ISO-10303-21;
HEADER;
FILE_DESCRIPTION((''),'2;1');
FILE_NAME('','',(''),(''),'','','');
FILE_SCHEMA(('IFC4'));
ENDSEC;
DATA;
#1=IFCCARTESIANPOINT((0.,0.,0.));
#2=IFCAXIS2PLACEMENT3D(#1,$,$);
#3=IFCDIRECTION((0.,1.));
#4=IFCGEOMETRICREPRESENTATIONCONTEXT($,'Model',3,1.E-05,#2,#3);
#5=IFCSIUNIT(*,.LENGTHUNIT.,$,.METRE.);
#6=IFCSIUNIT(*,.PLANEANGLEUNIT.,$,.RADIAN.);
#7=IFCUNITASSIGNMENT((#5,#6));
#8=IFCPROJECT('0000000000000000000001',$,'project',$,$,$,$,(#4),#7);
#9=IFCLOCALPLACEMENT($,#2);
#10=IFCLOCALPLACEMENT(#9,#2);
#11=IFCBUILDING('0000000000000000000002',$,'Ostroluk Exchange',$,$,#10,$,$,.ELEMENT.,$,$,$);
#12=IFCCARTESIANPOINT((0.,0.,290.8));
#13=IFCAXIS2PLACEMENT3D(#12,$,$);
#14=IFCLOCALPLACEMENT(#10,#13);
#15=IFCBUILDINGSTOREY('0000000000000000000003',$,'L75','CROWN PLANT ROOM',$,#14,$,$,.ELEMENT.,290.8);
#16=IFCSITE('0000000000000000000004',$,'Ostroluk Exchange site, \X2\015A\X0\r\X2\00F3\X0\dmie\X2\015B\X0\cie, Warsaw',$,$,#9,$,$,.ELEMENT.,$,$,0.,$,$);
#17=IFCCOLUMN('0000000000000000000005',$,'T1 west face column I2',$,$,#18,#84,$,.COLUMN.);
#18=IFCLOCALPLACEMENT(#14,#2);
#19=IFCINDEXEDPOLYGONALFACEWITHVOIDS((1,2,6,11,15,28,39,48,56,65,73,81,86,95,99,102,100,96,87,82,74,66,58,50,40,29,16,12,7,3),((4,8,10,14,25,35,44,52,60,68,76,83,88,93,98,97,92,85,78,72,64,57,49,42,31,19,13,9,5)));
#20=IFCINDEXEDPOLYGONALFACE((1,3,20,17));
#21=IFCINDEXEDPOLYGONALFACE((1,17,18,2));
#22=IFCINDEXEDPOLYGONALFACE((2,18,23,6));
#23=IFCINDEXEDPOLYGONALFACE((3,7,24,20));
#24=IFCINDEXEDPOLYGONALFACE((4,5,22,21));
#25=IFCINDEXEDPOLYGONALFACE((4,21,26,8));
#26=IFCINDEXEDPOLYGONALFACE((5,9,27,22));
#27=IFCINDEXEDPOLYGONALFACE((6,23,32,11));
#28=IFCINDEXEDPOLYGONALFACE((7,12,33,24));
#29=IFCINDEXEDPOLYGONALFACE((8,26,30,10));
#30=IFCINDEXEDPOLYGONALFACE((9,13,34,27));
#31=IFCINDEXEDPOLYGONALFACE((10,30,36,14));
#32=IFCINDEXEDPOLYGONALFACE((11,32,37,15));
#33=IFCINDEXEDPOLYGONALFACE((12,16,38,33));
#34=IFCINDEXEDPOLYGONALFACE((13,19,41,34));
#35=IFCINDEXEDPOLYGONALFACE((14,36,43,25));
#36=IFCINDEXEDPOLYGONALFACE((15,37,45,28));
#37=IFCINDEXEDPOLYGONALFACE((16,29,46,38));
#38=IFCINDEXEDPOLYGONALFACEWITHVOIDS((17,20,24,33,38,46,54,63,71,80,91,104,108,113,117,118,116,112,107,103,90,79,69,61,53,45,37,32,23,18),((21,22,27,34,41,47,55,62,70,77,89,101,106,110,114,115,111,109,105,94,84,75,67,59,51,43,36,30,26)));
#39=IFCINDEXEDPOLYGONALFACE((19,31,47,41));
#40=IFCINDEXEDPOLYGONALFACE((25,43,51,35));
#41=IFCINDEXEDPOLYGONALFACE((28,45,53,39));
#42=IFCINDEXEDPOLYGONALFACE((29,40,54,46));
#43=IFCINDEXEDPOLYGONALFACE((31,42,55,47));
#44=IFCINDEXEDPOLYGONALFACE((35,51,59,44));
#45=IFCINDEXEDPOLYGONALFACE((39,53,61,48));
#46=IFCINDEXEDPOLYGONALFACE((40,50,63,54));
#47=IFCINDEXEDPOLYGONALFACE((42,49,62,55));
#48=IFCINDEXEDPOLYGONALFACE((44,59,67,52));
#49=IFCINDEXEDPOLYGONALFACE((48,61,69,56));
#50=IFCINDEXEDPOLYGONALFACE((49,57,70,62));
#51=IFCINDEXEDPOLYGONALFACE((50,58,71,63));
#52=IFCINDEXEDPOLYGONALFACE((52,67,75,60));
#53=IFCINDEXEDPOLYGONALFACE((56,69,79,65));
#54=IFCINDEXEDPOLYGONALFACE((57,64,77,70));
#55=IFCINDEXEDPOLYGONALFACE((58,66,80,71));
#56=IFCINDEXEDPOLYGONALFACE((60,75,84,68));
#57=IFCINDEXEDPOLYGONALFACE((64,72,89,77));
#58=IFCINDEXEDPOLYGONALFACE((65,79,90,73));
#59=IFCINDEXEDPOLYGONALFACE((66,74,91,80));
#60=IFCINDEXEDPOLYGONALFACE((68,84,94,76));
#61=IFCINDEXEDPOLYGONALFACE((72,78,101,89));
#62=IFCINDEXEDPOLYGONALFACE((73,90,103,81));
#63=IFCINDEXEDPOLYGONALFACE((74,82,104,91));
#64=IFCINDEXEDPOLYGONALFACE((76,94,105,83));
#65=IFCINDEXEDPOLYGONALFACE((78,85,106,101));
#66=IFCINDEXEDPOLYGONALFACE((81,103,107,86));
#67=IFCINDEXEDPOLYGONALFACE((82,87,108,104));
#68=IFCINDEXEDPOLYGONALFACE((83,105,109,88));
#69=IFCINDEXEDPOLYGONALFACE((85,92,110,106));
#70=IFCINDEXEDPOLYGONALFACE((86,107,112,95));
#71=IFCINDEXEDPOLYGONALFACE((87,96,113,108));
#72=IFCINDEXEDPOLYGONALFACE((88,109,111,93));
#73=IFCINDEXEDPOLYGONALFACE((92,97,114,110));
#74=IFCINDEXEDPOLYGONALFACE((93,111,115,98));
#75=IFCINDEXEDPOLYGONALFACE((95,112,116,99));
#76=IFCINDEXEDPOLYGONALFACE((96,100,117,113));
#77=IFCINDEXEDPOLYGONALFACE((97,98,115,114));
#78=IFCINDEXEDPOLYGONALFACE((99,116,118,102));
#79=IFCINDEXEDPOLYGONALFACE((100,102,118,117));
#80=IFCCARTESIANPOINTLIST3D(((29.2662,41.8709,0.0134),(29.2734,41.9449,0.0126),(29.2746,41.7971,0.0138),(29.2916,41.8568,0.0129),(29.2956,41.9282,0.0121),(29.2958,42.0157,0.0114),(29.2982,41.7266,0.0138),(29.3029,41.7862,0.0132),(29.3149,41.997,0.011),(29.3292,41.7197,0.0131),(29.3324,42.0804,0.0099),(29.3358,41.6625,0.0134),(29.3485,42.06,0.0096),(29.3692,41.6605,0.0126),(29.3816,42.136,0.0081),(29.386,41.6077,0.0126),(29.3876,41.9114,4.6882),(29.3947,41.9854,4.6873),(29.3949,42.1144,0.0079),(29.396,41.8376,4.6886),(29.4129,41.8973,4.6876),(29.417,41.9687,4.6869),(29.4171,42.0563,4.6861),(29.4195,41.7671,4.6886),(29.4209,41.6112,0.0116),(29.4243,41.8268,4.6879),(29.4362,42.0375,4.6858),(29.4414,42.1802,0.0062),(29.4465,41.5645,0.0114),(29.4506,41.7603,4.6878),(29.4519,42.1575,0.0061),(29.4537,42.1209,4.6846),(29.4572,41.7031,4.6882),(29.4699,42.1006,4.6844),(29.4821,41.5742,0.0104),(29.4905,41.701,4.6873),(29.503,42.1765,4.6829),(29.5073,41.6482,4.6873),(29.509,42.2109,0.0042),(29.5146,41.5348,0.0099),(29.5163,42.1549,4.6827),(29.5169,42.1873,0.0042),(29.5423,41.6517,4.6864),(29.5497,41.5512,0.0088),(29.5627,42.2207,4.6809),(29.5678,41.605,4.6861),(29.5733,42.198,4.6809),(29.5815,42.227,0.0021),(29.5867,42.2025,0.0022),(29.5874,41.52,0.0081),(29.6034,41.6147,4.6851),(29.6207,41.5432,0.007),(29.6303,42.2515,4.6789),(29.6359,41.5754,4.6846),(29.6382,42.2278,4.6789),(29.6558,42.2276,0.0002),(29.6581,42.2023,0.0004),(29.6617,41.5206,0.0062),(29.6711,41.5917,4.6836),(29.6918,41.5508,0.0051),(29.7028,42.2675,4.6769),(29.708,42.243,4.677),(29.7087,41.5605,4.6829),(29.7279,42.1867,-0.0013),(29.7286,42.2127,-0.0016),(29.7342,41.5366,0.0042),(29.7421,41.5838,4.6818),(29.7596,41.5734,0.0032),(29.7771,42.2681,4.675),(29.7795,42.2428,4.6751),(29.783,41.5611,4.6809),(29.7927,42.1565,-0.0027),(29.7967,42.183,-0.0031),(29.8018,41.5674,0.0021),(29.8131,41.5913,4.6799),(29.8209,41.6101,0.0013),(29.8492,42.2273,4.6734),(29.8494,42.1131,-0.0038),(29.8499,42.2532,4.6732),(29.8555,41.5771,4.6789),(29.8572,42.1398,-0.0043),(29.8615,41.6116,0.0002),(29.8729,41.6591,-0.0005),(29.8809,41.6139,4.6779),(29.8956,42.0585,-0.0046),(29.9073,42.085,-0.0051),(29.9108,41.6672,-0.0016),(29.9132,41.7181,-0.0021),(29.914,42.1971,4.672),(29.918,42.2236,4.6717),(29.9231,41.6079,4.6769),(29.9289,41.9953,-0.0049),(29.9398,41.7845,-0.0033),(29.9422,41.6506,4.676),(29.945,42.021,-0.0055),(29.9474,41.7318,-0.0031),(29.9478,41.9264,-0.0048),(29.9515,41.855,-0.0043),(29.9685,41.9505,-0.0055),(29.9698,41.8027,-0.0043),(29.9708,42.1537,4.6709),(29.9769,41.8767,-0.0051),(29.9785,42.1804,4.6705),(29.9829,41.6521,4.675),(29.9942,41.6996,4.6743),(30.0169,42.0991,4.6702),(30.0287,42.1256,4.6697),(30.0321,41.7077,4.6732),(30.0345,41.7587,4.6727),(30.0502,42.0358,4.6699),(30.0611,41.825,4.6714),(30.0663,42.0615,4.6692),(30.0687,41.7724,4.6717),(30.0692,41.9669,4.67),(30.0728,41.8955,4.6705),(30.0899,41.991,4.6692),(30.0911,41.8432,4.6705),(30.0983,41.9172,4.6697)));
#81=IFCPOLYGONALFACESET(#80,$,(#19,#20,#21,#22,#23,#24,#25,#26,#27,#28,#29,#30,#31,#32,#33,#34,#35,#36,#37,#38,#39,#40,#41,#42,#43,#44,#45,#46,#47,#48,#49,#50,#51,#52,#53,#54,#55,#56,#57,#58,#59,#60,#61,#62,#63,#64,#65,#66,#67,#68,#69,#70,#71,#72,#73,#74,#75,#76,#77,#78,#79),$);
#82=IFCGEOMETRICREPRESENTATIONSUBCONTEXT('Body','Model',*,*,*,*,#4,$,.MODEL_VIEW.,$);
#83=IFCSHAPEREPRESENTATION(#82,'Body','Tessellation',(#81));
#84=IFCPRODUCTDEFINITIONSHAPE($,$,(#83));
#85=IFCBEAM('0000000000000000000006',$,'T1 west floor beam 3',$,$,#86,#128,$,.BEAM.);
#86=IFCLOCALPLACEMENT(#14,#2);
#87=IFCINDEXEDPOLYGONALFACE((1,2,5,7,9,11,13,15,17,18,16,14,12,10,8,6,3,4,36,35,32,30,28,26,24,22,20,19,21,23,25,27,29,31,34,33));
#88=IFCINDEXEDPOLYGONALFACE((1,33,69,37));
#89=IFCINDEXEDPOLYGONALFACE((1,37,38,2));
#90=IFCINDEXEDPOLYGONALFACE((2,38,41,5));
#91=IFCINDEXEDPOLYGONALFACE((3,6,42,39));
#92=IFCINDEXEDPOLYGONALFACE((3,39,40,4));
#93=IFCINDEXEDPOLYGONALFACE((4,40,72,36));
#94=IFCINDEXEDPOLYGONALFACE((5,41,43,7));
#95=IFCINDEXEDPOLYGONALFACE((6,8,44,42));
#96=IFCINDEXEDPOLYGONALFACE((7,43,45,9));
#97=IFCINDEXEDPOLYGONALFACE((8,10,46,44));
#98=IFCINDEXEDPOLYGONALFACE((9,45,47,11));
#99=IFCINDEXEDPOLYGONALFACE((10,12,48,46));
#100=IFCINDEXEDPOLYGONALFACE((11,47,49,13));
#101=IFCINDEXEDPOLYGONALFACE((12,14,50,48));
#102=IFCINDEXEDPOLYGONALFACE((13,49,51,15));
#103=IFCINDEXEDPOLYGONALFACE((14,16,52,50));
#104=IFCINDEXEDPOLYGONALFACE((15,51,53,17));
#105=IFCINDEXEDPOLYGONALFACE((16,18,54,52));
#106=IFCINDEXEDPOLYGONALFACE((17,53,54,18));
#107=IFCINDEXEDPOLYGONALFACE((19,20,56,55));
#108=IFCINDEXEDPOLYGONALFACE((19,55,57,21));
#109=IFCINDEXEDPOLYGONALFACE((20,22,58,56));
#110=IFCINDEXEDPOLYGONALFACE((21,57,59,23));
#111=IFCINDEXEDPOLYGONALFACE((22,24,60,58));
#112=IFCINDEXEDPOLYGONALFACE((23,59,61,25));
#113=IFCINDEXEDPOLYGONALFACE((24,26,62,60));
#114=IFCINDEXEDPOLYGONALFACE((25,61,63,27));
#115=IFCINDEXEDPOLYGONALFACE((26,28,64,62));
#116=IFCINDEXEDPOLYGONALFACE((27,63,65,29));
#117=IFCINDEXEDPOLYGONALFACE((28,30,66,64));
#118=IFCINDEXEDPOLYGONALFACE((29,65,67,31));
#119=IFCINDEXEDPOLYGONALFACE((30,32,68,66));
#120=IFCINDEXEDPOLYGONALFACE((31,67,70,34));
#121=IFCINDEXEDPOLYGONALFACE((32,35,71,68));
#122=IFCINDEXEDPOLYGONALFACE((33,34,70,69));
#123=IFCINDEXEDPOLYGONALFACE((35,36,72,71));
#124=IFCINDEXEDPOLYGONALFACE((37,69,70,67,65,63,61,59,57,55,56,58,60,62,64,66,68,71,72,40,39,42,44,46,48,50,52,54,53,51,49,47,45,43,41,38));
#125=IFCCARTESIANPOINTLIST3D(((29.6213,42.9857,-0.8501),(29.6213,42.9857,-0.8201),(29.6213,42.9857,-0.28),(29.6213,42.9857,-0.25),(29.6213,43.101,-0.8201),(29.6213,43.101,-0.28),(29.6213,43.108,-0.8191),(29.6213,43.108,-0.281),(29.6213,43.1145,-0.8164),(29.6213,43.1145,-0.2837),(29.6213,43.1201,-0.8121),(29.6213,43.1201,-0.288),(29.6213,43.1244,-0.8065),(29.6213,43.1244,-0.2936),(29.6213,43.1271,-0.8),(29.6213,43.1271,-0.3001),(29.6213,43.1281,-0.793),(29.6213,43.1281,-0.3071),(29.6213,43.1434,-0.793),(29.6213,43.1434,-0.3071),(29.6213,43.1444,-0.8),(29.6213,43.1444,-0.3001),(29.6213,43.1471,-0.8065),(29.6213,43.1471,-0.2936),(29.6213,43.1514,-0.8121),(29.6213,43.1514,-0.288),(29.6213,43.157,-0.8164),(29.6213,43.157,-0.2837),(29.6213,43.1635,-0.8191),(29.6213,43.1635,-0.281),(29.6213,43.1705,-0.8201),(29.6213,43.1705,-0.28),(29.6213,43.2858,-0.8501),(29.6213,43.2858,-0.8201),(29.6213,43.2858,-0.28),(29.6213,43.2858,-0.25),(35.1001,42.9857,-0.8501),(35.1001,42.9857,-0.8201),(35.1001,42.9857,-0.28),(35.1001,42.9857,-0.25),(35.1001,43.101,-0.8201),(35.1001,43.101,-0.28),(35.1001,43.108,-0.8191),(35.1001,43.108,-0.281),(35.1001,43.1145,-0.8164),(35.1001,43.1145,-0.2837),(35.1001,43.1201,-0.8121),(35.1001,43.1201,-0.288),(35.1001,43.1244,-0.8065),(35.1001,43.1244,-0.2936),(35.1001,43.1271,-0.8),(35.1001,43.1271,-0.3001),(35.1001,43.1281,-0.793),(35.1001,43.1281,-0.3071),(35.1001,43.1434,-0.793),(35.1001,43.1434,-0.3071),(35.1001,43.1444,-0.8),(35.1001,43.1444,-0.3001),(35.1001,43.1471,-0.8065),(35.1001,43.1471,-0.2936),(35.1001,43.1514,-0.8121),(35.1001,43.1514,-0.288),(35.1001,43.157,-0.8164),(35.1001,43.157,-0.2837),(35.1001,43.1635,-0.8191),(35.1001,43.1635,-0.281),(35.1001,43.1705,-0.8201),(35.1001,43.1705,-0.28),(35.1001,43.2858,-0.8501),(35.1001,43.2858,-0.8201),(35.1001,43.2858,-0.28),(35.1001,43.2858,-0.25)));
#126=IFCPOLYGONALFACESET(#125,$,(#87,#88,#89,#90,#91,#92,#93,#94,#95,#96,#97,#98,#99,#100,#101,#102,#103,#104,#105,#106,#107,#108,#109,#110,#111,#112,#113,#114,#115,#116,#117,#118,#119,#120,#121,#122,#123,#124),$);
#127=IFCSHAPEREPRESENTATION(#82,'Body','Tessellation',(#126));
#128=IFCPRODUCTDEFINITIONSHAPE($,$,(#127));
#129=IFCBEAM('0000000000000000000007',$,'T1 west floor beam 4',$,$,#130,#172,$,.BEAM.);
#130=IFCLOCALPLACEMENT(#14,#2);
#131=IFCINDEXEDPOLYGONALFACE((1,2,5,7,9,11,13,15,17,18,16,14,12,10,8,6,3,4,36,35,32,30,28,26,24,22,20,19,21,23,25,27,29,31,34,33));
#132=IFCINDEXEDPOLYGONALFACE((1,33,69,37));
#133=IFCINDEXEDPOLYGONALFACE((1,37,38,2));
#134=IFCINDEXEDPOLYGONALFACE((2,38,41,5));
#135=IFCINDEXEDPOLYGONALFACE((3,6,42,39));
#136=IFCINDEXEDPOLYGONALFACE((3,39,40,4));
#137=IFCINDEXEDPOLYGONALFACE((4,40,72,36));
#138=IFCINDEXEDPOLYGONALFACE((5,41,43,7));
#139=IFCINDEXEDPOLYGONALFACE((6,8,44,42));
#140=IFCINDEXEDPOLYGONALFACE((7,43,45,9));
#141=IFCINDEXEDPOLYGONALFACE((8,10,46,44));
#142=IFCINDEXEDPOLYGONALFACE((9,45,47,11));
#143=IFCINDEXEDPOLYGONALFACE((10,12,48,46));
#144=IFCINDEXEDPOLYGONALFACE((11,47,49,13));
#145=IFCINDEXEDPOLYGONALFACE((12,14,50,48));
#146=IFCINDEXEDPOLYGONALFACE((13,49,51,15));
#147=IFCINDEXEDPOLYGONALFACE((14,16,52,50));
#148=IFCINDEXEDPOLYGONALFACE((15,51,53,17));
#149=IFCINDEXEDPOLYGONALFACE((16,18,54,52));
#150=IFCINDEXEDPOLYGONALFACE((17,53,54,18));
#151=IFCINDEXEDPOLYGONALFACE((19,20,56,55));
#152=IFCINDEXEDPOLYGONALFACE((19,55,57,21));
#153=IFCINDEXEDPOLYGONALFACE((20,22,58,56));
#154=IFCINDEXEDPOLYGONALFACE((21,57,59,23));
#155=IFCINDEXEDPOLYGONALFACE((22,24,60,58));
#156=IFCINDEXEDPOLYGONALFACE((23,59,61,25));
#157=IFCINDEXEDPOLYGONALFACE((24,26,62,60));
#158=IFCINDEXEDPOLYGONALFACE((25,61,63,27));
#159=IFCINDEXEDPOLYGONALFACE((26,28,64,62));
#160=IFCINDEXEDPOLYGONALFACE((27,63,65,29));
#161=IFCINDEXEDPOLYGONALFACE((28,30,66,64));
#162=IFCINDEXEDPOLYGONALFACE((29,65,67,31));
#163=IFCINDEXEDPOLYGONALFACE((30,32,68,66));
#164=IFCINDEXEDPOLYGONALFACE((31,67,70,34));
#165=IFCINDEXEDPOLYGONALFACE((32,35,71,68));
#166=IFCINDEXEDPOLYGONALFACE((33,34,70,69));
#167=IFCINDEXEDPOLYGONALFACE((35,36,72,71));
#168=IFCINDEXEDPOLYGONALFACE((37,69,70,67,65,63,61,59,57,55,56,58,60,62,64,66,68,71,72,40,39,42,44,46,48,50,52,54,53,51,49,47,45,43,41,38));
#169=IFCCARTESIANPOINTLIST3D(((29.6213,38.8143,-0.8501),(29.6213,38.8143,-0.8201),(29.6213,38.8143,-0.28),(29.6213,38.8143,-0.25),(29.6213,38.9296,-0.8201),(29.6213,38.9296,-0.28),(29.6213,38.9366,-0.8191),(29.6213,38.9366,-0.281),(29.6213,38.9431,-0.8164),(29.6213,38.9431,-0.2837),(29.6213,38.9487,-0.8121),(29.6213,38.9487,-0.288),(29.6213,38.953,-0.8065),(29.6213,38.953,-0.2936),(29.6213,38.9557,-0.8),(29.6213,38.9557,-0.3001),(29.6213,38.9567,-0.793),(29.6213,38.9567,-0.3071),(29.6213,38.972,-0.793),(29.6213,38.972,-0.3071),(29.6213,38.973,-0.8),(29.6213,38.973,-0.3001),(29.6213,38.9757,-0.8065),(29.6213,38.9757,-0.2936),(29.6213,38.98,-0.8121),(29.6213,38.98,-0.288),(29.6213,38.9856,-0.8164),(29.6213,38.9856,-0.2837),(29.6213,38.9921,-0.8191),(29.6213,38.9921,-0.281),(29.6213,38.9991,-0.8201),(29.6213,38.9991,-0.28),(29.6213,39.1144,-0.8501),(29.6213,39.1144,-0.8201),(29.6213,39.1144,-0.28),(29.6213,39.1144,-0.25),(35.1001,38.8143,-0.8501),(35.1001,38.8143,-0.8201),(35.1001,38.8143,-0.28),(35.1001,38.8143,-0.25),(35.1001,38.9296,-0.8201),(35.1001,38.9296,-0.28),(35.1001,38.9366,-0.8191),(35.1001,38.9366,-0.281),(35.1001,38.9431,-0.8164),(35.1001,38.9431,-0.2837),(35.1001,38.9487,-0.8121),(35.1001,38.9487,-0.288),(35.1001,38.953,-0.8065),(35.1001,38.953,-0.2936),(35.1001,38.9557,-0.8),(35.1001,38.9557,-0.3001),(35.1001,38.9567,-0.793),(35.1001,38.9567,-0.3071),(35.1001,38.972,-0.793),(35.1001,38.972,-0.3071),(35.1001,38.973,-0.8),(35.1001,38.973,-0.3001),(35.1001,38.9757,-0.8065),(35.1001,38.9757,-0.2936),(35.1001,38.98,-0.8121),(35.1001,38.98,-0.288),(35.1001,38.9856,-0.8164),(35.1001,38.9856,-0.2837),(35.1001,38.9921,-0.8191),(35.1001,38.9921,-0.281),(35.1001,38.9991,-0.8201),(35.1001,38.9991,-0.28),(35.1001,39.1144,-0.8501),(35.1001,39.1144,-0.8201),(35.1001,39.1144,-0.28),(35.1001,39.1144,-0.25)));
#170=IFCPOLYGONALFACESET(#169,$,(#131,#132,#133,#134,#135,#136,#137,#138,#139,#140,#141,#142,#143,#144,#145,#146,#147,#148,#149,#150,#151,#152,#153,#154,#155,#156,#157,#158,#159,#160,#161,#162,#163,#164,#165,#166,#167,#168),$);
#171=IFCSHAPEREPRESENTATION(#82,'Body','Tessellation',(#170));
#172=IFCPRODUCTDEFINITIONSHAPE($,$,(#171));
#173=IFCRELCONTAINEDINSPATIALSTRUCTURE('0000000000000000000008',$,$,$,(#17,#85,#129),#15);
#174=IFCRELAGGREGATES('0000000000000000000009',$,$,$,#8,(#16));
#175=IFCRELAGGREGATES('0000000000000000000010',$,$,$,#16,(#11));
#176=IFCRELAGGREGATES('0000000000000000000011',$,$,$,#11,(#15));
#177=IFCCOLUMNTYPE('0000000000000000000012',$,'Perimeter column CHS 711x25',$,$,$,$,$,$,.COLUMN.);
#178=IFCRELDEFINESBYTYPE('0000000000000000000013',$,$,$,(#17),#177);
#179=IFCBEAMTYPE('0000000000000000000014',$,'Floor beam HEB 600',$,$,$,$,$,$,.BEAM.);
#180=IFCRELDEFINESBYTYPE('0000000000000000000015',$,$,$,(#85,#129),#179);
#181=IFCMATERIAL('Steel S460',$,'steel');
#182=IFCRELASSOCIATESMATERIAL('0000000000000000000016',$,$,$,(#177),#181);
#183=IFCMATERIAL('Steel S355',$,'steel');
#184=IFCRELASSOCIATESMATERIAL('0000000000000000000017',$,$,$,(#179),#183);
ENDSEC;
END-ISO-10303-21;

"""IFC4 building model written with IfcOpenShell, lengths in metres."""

from ifc_helpers import new_model, si_unit, direction, frame, origin, origin_2d, place, context, subcontext, project, spatial, hollow_circle, i_section, extrude, material, material_profile, profile_set, type_object, element, save


model = new_model("IFC4")

# Units and contexts
model_context = context("Model", 3, precision=1e-05, world=origin(), true_north=direction((0.0, 1.0)))
body_context = subcontext(model_context, "Body", "Model", "MODEL_VIEW")
ifc_project = project(units=[si_unit("LENGTHUNIT", "METRE"), si_unit("PLANEANGLEUNIT", "RADIAN")], contexts=[model_context])

# Site, building, storey
site_placement = place(None, origin())
site = spatial("IfcSite", under=ifc_project, at=site_placement, Name="Ostroluk Exchange site, Śródmieście, Warsaw", CompositionType="ELEMENT", RefElevation=0.0)
building_placement = place(site_placement, origin())
building = spatial("IfcBuilding", under=site, at=building_placement, Name="Ostroluk Exchange", CompositionType="ELEMENT")
storey_placement = place(building_placement, frame((0.0, 0.0, 290.8)))
storey = spatial("IfcBuildingStorey", under=building, at=storey_placement, Name="L75", Description="CROWN PLANT ROOM", CompositionType="ELEMENT", Elevation=290.8)

# Column
ifc_material_1 = material(Name="Steel S460", Category="steel")
ifc_material_profile_1 = material_profile(ifc_material_1, hollow_circle(Radius=0.3555, WallThickness=0.0249, at=origin_2d()), Name="CHS 711x25")
ifc_profile_set_1 = profile_set([ifc_material_profile_1], Name="Steel S460")
column_type = type_object("IfcColumnType", Name="Perimeter column CHS 711x25", PredefinedType="COLUMN", material=ifc_profile_set_1)
column_placement = place(storey_placement, frame((29.6216, 41.8738, 0.0042), z_axis=(0.025946, 0.008666, 0.999626), x_axis=(-0.3168, 0.948492, 0.0)))
element("IfcColumn", 1, at=column_placement, inside=storey, type_object=column_type, Name="T1 west face column I2", PredefinedType="COLUMN", context=body_context, shape_type="SweptSolid", body=[
    extrude(hollow_circle(Radius=0.3555, WallThickness=0.0249, at=origin_2d()), origin(), (0.0, 0.0, 1.0), 4.6765),
])

# Beams
ifc_material_2 = material(Name="Steel S355", Category="steel")
ifc_material_profile_2 = material_profile(ifc_material_2, i_section(OverallWidth=0.3, OverallDepth=0.6001, WebThickness=0.0154, FlangeThickness=0.03, FilletRadius=0.0271, at=origin_2d()), Name="HEB 600")
ifc_profile_set_2 = profile_set([ifc_material_profile_2], Name="Steel S355")
beam_type_1 = type_object("IfcBeamType", Name="Floor beam HEB 600", PredefinedType="BEAM", material=ifc_profile_set_2)
for number, where, z_axis, x_axis, name in (
    (2, (35.1001, 43.1357, -0.55), (-1.0, 0.0, 0.0), (0.0, -1.0, 0.0), "T1 west floor beam 3"),
    (3, (35.1001, 38.9644, -0.55), (-1.0, 0.0, 0.0), (0.0, -1.0, 0.0), "T1 west floor beam 4"),
):
    element("IfcBeam", number, at=place(storey_placement, frame(where, z_axis=z_axis, x_axis=x_axis)), inside=storey, type_object=beam_type_1, Name=name, PredefinedType="BEAM", context=body_context, shape_type="SweptSolid", body=[
        extrude(i_section(OverallWidth=0.3, OverallDepth=0.6001, WebThickness=0.0154, FlangeThickness=0.03, FilletRadius=0.0271, at=origin_2d()), origin(), (0.0, 0.0, 1.0), 5.4788),
    ])

save(model, "model.ifc")
